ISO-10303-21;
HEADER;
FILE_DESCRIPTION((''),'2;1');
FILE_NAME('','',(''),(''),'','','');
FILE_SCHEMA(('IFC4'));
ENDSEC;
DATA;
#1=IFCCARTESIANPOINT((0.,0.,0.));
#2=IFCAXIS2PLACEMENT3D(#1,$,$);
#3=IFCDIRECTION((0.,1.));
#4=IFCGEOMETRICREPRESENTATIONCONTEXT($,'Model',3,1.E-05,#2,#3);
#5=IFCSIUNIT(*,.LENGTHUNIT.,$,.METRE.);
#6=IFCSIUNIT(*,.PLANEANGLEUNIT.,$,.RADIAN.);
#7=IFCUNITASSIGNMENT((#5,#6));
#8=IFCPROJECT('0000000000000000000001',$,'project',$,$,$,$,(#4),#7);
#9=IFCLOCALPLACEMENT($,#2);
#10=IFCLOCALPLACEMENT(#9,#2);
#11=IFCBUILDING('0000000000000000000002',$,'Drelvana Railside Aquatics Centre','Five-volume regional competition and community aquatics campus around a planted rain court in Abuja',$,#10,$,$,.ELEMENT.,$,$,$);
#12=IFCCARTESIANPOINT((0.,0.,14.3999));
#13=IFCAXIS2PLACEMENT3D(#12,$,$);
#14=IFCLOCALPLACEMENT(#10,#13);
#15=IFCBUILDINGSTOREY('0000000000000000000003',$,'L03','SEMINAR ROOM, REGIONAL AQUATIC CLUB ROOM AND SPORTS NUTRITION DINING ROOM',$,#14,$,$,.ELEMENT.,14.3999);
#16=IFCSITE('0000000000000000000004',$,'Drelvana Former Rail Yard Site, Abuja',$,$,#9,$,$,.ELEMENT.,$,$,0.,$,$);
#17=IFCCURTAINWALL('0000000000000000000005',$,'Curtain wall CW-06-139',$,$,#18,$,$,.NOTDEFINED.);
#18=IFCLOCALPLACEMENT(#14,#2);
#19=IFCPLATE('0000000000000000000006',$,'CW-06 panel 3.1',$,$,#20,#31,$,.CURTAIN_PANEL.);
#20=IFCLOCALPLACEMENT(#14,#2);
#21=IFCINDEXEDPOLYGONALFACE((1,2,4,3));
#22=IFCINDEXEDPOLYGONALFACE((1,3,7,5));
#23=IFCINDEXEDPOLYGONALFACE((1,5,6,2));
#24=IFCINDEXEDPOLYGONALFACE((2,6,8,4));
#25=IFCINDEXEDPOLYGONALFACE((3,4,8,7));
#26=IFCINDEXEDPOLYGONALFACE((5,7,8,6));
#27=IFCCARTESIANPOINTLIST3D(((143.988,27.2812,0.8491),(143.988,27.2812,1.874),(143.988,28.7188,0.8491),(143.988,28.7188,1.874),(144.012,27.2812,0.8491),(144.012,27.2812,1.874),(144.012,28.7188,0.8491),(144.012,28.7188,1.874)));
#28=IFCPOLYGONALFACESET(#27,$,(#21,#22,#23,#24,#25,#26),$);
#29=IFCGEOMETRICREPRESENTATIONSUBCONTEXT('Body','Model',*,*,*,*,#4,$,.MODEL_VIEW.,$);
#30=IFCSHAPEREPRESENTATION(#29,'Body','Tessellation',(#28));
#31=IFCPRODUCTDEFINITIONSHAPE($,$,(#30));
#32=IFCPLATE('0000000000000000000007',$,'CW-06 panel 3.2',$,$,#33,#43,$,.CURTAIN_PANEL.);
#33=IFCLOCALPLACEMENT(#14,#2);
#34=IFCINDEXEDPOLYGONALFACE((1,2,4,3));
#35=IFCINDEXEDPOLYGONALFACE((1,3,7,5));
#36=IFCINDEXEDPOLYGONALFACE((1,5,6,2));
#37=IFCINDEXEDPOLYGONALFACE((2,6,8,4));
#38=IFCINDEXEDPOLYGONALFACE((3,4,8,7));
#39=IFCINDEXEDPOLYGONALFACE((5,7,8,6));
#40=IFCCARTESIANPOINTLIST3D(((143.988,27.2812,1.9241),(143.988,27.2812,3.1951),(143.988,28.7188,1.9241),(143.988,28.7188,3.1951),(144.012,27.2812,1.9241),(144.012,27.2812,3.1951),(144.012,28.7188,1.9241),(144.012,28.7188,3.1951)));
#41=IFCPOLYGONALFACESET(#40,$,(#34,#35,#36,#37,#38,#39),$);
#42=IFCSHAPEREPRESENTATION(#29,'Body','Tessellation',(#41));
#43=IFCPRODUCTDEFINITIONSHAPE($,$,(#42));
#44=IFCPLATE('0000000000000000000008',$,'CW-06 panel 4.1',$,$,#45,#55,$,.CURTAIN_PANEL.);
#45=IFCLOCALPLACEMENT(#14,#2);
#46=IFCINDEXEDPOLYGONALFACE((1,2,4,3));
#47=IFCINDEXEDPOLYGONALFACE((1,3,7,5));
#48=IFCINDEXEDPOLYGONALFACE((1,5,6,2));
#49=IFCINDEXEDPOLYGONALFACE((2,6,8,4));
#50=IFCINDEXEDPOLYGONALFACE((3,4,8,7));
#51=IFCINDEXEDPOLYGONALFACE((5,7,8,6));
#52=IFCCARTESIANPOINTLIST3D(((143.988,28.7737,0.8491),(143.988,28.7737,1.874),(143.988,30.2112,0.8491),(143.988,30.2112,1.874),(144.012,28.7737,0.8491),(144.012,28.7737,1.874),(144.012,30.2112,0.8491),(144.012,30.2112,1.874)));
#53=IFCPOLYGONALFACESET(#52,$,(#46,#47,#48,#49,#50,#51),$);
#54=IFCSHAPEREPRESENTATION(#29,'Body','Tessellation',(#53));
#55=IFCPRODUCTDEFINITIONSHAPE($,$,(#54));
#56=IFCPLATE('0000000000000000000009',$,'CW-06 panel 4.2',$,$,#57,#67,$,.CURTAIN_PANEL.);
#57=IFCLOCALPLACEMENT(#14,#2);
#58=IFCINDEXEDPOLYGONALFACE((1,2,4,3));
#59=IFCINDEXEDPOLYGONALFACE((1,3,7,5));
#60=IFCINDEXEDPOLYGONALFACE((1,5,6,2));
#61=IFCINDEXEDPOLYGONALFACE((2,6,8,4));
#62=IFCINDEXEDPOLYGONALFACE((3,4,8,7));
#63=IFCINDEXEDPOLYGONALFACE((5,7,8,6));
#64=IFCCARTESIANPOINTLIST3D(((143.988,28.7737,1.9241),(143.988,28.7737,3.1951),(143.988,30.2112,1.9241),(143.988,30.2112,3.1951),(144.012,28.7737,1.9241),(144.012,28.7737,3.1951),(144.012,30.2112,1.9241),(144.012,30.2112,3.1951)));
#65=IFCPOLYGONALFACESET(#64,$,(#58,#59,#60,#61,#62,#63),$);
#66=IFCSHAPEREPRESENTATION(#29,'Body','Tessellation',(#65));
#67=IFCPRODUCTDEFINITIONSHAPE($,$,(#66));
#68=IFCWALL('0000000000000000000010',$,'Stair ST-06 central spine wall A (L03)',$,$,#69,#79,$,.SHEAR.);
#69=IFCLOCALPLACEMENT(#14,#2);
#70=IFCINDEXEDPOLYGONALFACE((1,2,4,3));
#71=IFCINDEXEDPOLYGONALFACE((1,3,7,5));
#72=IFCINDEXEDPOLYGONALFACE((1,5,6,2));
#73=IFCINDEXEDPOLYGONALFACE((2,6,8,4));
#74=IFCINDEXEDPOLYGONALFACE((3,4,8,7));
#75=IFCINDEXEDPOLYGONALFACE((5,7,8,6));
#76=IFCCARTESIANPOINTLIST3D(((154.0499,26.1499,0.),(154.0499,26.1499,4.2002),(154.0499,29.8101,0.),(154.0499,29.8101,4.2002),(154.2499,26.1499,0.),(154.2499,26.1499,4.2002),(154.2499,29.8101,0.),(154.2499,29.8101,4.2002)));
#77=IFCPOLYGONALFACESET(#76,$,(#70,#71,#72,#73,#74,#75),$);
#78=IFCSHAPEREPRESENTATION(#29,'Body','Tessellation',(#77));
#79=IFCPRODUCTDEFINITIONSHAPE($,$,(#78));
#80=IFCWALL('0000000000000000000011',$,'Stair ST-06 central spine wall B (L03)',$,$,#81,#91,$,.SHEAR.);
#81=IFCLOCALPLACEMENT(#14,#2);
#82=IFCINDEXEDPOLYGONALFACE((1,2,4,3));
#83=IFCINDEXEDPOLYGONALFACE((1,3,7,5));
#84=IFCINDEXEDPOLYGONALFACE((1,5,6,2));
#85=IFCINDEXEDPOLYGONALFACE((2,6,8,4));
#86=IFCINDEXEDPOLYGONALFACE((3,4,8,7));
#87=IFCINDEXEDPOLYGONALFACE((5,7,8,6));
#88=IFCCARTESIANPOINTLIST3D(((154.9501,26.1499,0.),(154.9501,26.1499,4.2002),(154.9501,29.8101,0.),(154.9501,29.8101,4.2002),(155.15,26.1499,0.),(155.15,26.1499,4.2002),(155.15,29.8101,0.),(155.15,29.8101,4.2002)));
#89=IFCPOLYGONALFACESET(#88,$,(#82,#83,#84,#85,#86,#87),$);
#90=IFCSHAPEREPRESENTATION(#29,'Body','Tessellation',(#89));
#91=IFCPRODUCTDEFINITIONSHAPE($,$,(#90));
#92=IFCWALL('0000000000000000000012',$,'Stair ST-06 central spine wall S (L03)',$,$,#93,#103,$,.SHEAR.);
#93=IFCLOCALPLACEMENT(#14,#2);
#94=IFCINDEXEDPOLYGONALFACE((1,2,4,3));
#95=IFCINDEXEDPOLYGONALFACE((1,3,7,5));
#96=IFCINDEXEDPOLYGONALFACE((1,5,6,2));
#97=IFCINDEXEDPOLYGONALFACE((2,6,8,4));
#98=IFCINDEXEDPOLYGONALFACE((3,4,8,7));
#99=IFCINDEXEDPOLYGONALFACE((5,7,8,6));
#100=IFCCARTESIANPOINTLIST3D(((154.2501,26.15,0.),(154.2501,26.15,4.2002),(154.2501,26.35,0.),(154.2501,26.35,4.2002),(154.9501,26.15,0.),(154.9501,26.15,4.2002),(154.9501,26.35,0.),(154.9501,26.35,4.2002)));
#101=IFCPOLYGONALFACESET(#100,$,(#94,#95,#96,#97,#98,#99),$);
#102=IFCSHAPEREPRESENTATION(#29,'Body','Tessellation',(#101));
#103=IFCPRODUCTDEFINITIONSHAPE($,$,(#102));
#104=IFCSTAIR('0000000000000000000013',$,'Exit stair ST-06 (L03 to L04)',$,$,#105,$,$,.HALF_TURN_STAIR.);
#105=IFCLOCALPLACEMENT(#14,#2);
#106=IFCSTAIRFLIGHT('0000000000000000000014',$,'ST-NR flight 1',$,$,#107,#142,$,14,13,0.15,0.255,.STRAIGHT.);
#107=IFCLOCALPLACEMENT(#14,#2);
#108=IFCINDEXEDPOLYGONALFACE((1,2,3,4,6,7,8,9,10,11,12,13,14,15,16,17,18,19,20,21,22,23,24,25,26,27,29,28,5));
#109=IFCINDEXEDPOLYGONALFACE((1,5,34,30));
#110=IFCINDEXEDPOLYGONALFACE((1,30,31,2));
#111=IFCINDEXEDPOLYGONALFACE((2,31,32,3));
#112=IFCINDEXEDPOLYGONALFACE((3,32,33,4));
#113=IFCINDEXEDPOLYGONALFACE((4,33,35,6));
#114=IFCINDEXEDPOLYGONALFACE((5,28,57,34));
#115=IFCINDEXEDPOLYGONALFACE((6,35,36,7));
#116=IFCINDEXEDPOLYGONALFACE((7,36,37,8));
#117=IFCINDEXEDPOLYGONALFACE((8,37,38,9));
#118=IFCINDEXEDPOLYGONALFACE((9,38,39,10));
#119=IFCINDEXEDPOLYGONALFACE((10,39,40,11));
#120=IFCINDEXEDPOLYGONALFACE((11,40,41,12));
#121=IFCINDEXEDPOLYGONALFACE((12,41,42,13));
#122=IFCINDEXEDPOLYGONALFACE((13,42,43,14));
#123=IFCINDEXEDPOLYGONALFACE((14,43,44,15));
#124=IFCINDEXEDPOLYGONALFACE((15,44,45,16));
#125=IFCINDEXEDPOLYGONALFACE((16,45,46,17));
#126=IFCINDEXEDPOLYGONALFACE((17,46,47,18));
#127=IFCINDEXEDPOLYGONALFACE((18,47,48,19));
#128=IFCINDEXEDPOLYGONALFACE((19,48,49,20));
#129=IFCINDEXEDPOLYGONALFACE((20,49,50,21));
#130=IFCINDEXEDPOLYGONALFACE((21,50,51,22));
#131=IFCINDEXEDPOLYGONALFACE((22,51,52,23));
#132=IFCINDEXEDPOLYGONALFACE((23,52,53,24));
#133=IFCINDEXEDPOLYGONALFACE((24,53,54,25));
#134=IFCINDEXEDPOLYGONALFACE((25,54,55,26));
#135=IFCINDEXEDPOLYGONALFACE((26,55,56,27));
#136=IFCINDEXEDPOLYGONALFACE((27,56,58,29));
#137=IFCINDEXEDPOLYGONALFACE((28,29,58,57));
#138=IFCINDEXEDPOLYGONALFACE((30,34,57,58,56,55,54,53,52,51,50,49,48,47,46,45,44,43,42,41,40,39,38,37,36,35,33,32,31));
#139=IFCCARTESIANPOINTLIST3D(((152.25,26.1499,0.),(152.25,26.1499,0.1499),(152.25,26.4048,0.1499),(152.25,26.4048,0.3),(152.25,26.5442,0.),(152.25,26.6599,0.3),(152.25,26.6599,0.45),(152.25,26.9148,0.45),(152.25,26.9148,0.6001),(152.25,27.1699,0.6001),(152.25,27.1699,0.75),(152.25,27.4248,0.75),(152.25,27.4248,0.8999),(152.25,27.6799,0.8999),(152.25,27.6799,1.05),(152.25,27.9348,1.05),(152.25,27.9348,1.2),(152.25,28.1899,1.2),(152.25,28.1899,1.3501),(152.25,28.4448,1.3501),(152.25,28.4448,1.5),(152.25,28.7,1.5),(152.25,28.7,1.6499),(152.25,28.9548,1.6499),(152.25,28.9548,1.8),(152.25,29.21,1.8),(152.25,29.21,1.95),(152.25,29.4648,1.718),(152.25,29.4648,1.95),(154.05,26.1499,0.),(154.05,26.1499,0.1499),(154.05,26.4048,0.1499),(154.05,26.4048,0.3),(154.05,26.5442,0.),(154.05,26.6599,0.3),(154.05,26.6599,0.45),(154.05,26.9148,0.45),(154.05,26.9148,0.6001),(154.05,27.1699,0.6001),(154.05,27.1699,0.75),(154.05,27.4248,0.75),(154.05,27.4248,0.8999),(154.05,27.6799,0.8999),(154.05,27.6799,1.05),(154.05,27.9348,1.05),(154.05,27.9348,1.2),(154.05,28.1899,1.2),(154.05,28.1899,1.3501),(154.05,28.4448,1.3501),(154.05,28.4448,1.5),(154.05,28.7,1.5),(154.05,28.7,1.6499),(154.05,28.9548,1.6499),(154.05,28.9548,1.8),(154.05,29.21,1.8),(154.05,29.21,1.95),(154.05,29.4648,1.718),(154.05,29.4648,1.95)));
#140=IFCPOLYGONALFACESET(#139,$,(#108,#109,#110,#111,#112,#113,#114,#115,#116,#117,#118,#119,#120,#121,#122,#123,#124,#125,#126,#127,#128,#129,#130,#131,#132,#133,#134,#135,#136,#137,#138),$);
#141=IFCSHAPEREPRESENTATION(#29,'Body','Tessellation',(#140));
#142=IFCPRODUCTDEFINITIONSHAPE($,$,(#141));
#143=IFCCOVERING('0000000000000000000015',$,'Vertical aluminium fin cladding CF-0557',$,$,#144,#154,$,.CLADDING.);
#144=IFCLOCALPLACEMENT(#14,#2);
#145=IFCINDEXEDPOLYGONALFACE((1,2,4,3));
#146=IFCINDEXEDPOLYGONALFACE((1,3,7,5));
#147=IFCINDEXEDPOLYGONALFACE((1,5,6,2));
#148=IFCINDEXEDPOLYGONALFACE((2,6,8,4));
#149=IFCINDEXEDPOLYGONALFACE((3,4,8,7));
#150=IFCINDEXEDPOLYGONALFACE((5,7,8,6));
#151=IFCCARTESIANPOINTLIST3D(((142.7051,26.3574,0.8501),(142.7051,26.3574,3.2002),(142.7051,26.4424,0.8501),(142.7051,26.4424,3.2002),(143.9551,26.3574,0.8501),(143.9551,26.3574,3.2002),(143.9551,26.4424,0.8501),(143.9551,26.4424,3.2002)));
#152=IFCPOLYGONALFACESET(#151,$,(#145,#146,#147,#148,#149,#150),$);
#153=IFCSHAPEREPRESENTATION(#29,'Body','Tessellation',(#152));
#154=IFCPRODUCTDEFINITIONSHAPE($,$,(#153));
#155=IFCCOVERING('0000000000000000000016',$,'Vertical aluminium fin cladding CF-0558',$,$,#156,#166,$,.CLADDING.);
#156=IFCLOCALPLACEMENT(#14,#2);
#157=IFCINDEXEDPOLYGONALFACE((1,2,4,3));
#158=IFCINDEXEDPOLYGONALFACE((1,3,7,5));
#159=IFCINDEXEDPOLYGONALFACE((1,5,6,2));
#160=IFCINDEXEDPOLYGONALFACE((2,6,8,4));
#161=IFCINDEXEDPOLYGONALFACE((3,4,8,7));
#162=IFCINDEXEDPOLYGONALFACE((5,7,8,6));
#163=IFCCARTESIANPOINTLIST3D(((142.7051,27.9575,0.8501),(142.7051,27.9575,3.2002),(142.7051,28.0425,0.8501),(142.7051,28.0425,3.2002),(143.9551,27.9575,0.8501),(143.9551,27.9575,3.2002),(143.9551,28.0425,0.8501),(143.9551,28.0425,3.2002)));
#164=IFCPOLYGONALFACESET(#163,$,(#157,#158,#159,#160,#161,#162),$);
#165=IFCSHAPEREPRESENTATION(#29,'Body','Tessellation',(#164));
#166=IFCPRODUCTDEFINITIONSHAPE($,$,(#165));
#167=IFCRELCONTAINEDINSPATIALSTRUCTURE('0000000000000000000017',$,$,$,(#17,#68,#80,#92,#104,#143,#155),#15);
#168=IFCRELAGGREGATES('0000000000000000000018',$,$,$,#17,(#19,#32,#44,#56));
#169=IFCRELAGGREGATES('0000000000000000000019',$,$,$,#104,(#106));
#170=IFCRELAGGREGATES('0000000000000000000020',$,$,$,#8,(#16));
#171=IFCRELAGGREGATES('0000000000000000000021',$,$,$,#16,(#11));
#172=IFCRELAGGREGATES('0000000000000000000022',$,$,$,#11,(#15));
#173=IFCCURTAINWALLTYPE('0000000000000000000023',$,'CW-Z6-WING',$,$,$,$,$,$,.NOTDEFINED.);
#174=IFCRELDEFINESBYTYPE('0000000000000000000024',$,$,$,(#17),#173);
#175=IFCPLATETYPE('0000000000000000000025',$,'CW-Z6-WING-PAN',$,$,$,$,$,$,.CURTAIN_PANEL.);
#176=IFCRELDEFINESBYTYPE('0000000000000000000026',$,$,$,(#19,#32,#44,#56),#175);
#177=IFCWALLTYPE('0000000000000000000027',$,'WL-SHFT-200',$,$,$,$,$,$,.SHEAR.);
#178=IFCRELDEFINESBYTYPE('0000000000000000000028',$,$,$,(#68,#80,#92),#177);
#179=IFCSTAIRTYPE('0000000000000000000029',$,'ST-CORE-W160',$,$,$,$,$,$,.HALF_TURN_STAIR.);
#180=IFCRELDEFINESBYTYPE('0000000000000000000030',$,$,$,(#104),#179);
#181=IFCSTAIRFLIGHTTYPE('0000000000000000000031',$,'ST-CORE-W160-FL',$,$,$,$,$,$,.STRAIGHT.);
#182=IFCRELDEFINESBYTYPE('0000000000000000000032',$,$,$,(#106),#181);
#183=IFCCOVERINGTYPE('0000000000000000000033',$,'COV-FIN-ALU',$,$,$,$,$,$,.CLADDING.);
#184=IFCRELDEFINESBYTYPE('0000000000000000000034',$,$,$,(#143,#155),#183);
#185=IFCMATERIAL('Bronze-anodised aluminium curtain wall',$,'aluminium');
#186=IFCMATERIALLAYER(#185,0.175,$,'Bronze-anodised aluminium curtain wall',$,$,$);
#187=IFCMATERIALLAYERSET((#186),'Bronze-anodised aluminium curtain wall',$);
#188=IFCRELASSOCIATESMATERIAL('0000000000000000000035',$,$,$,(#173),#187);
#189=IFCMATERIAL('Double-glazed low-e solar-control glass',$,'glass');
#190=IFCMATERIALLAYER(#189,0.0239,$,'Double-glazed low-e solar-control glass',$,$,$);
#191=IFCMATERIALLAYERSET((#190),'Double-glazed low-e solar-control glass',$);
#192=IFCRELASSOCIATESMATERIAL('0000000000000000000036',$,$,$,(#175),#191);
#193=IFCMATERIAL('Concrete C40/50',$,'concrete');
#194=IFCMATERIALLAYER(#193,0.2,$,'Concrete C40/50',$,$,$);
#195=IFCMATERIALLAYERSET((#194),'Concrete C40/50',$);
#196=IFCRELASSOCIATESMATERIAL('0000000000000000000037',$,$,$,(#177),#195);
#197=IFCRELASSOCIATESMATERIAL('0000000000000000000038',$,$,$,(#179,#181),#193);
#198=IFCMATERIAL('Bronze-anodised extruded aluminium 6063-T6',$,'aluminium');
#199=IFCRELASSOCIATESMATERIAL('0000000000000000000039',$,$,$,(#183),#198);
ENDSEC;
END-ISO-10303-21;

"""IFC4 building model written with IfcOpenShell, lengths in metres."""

from ifc_helpers import new_model, si_unit, direction, frame, frame_2d, origin, origin_2d, place, context, subcontext, project, spatial, polyline, rectangle, outline, extrude, material, layer, layer_set, type_object, element, aggregate, save


model = new_model("IFC4")

# Units and contexts
model_context = context("Model", 3, precision=1e-05, world=origin(), true_north=direction((0.0, 1.0)))
body_context = subcontext(model_context, "Body", "Model", "MODEL_VIEW")
ifc_project = project(units=[si_unit("LENGTHUNIT", "METRE"), si_unit("PLANEANGLEUNIT", "RADIAN")], contexts=[model_context])

# Site, building, storey
site_placement = place(None, origin())
site = spatial("IfcSite", under=ifc_project, at=site_placement, Name="Drelvana Former Rail Yard Site, Abuja", CompositionType="ELEMENT", RefElevation=0.0)
building_placement = place(site_placement, origin())
building = spatial("IfcBuilding", under=site, at=building_placement, Name="Drelvana Railside Aquatics Centre", Description="Five-volume regional competition and community aquatics campus around a planted rain court in Abuja", CompositionType="ELEMENT")
storey_placement = place(building_placement, frame((0.0, 0.0, 14.3999)))
storey = spatial("IfcBuildingStorey", under=building, at=storey_placement, Name="L03", Description="SEMINAR ROOM, REGIONAL AQUATIC CLUB ROOM AND SPORTS NUTRITION DINING ROOM", CompositionType="ELEMENT", Elevation=14.3999)

# Curtain wall
ifc_material_1 = material(Name="Bronze-anodised aluminium curtain wall", Category="aluminium")
ifc_layer_1 = layer(ifc_material_1, 0.175, Name="Bronze-anodised aluminium curtain wall")
ifc_layer_set_1 = layer_set([ifc_layer_1], Name="Bronze-anodised aluminium curtain wall")
curtain_wall_type = type_object("IfcCurtainWallType", Name="CW-Z6-WING", PredefinedType="NOTDEFINED", material=ifc_layer_set_1)
curtain_wall_placement = place(storey_placement, origin())
curtain_wall = element("IfcCurtainWall", 1, at=curtain_wall_placement, inside=storey, type_object=curtain_wall_type, Name="Curtain wall CW-06-139", PredefinedType="NOTDEFINED")

# Shared definitions
ifc_material_2 = material(Name="Concrete C40/50", Category="concrete")

# Plates
ifc_material_3 = material(Name="Double-glazed low-e solar-control glass", Category="glass")
ifc_layer_2 = layer(ifc_material_3, 0.0239, Name="Double-glazed low-e solar-control glass")
ifc_layer_set_2 = layer_set([ifc_layer_2], Name="Double-glazed low-e solar-control glass")
plate_type = type_object("IfcPlateType", Name="CW-Z6-WING-PAN", PredefinedType="CURTAIN_PANEL", material=ifc_layer_set_2)
plate_1_placement = place(storey_placement, frame((144.0, 28.0, 0.8491), z_axis=(0.0, 0.0, 1.0), x_axis=(0.0, 1.0, 0.0)))
plate_1 = element("IfcPlate", 2, at=plate_1_placement, type_object=plate_type, Name="CW-06 panel 3.1", PredefinedType="CURTAIN_PANEL", context=body_context, shape_type="SweptSolid", body=[
    extrude(rectangle(XDim=1.4375, YDim=0.0239, at=origin_2d()), origin(), (0.0, 0.0, 1.0), 1.0249),
])
plate_2_placement = place(storey_placement, frame((144.0, 28.0, 1.9241), z_axis=(0.0, 0.0, 1.0), x_axis=(0.0, 1.0, 0.0)))
plate_2 = element("IfcPlate", 3, at=plate_2_placement, type_object=plate_type, Name="CW-06 panel 3.2", PredefinedType="CURTAIN_PANEL", context=body_context, shape_type="SweptSolid", body=[
    extrude(rectangle(XDim=1.4375, YDim=0.0239, at=origin_2d()), origin(), (0.0, 0.0, 1.0), 1.271),
])
plate_3_placement = place(storey_placement, frame((144.0, 29.4924, 0.8491), z_axis=(0.0, 0.0, 1.0), x_axis=(0.0, 1.0, 0.0)))
plate_3 = element("IfcPlate", 4, at=plate_3_placement, type_object=plate_type, Name="CW-06 panel 4.1", PredefinedType="CURTAIN_PANEL", context=body_context, shape_type="SweptSolid", body=[
    extrude(rectangle(XDim=1.4375, YDim=0.0239, at=origin_2d()), origin(), (0.0, 0.0, 1.0), 1.0249),
])
plate_4_placement = place(storey_placement, frame((144.0, 29.4924, 1.9241), z_axis=(0.0, 0.0, 1.0), x_axis=(0.0, 1.0, 0.0)))
plate_4 = element("IfcPlate", 5, at=plate_4_placement, type_object=plate_type, Name="CW-06 panel 4.2", PredefinedType="CURTAIN_PANEL", context=body_context, shape_type="SweptSolid", body=[
    extrude(rectangle(XDim=1.4375, YDim=0.0239, at=origin_2d()), origin(), (0.0, 0.0, 1.0), 1.271),
])
aggregate(curtain_wall, [plate_1, plate_2, plate_3, plate_4])

# Walls
ifc_layer_3 = layer(ifc_material_2, 0.2, Name="Concrete C40/50")
ifc_layer_set_3 = layer_set([ifc_layer_3], Name="Concrete C40/50")
wall_type = type_object("IfcWallType", Name="WL-SHFT-200", PredefinedType="SHEAR", material=ifc_layer_set_3)
for number, where, z_axis, x_axis, name in (
    (6, (154.1499, 26.1499, 0.0), (0.0, 0.0, 1.0), (0.0, 1.0, 0.0), "Stair ST-06 central spine wall A (L03)"),
    (7, (155.05, 26.1499, 0.0), (0.0, 0.0, 1.0), (0.0, 1.0, 0.0), "Stair ST-06 central spine wall B (L03)"),
):
    element("IfcWall", number, at=place(storey_placement, frame(where, z_axis=z_axis, x_axis=x_axis)), inside=storey, type_object=wall_type, Name=name, PredefinedType="SHEAR", context=body_context, shape_type="SweptSolid", body=[
        extrude(rectangle(XDim=3.6602, YDim=0.2, at=frame_2d((1.8301, 0.0))), origin(), (0.0, 0.0, 1.0), 4.2002),
    ])
wall_placement = place(storey_placement, frame((154.25, 26.25, 0.0), z_axis=(0.0, 0.0, 1.0), x_axis=(1.0, 0.0, 0.0)))
element("IfcWall", 8, at=wall_placement, inside=storey, type_object=wall_type, Name="Stair ST-06 central spine wall S (L03)", PredefinedType="SHEAR", context=body_context, shape_type="SweptSolid", body=[
    extrude(rectangle(XDim=0.7, YDim=0.2, at=frame_2d((0.3501, 0.0))), origin(), (0.0, 0.0, 1.0), 4.2002),
])

# Stair, stair flight
stair_type = type_object("IfcStairType", Name="ST-CORE-W160", PredefinedType="HALF_TURN_STAIR", material=ifc_material_2)
stair_placement = place(storey_placement, origin())
stair = element("IfcStair", 9, at=stair_placement, inside=storey, type_object=stair_type, Name="Exit stair ST-06 (L03 to L04)", PredefinedType="HALF_TURN_STAIR")
stair_flight_type = type_object("IfcStairFlightType", Name="ST-CORE-W160-FL", PredefinedType="STRAIGHT", material=ifc_material_2)
stair_flight_placement = place(storey_placement, frame((153.1499, 26.1499, 0.0), z_axis=(0.0, 0.0, 1.0), x_axis=(0.0, 1.0, 0.0)))
stair_flight = element("IfcStairFlight", 10, at=stair_flight_placement, type_object=stair_flight_type, Name="ST-NR flight 1", NumberOfRisers=14, NumberOfTreads=13, PredefinedType="STRAIGHT", RiserHeight=0.15, TreadLength=0.255, context=body_context, shape_type="SweptSolid", body=[
    extrude(outline(polyline([(0.0, 0.0), (0.0, 0.1499), (0.2549, 0.1499), (0.2549, 0.3), (0.51, 0.3), (0.51, 0.45), (0.7649, 0.45), (0.7649, 0.6001), (1.02, 0.6001), (1.02, 0.75), (1.2749, 0.75), (1.2749, 0.8999), (1.53, 0.8999), (1.53, 1.05), (1.7849, 1.05), (1.7849, 1.2), (2.04, 1.2), (2.04, 1.3501), (2.2949, 1.3501), (2.2949, 1.5), (2.55, 1.5), (2.55, 1.6499), (2.8049, 1.6499), (2.8049, 1.8), (3.0601, 1.8), (3.0601, 1.95), (3.3149, 1.95), (3.3149, 2.1001), (3.3149, 1.718), (0.3943, 0.0), (0.0, 0.0)])), frame((0.0, 0.8999, 0.0), z_axis=(0.0, -1.0, 0.0), x_axis=(1.0, 0.0, 0.0)), (0.0, 0.0, 1.0), 1.8),
])
aggregate(stair, [stair_flight])

# Coverings
ifc_material_4 = material(Name="Bronze-anodised extruded aluminium 6063-T6", Category="aluminium")
covering_type = type_object("IfcCoveringType", Name="COV-FIN-ALU", PredefinedType="CLADDING", material=ifc_material_4)
for number, where, z_axis, x_axis, name in (
    (11, (143.3301, 26.3999, 0.8501), (0.0, 0.0, 1.0), (0.0, 1.0, 0.0), "Vertical aluminium fin cladding CF-0557"),
    (12, (143.3301, 28.0, 0.8501), (0.0, 0.0, 1.0), (0.0, 1.0, 0.0), "Vertical aluminium fin cladding CF-0558"),
):
    element("IfcCovering", number, at=place(storey_placement, frame(where, z_axis=z_axis, x_axis=x_axis)), inside=storey, type_object=covering_type, Name=name, PredefinedType="CLADDING", context=body_context, shape_type="SweptSolid", body=[
        extrude(rectangle(XDim=0.085, YDim=1.25, at=origin_2d()), origin(), (0.0, 0.0, 1.0), 2.3501),
    ])

save(model, "model.ifc")
